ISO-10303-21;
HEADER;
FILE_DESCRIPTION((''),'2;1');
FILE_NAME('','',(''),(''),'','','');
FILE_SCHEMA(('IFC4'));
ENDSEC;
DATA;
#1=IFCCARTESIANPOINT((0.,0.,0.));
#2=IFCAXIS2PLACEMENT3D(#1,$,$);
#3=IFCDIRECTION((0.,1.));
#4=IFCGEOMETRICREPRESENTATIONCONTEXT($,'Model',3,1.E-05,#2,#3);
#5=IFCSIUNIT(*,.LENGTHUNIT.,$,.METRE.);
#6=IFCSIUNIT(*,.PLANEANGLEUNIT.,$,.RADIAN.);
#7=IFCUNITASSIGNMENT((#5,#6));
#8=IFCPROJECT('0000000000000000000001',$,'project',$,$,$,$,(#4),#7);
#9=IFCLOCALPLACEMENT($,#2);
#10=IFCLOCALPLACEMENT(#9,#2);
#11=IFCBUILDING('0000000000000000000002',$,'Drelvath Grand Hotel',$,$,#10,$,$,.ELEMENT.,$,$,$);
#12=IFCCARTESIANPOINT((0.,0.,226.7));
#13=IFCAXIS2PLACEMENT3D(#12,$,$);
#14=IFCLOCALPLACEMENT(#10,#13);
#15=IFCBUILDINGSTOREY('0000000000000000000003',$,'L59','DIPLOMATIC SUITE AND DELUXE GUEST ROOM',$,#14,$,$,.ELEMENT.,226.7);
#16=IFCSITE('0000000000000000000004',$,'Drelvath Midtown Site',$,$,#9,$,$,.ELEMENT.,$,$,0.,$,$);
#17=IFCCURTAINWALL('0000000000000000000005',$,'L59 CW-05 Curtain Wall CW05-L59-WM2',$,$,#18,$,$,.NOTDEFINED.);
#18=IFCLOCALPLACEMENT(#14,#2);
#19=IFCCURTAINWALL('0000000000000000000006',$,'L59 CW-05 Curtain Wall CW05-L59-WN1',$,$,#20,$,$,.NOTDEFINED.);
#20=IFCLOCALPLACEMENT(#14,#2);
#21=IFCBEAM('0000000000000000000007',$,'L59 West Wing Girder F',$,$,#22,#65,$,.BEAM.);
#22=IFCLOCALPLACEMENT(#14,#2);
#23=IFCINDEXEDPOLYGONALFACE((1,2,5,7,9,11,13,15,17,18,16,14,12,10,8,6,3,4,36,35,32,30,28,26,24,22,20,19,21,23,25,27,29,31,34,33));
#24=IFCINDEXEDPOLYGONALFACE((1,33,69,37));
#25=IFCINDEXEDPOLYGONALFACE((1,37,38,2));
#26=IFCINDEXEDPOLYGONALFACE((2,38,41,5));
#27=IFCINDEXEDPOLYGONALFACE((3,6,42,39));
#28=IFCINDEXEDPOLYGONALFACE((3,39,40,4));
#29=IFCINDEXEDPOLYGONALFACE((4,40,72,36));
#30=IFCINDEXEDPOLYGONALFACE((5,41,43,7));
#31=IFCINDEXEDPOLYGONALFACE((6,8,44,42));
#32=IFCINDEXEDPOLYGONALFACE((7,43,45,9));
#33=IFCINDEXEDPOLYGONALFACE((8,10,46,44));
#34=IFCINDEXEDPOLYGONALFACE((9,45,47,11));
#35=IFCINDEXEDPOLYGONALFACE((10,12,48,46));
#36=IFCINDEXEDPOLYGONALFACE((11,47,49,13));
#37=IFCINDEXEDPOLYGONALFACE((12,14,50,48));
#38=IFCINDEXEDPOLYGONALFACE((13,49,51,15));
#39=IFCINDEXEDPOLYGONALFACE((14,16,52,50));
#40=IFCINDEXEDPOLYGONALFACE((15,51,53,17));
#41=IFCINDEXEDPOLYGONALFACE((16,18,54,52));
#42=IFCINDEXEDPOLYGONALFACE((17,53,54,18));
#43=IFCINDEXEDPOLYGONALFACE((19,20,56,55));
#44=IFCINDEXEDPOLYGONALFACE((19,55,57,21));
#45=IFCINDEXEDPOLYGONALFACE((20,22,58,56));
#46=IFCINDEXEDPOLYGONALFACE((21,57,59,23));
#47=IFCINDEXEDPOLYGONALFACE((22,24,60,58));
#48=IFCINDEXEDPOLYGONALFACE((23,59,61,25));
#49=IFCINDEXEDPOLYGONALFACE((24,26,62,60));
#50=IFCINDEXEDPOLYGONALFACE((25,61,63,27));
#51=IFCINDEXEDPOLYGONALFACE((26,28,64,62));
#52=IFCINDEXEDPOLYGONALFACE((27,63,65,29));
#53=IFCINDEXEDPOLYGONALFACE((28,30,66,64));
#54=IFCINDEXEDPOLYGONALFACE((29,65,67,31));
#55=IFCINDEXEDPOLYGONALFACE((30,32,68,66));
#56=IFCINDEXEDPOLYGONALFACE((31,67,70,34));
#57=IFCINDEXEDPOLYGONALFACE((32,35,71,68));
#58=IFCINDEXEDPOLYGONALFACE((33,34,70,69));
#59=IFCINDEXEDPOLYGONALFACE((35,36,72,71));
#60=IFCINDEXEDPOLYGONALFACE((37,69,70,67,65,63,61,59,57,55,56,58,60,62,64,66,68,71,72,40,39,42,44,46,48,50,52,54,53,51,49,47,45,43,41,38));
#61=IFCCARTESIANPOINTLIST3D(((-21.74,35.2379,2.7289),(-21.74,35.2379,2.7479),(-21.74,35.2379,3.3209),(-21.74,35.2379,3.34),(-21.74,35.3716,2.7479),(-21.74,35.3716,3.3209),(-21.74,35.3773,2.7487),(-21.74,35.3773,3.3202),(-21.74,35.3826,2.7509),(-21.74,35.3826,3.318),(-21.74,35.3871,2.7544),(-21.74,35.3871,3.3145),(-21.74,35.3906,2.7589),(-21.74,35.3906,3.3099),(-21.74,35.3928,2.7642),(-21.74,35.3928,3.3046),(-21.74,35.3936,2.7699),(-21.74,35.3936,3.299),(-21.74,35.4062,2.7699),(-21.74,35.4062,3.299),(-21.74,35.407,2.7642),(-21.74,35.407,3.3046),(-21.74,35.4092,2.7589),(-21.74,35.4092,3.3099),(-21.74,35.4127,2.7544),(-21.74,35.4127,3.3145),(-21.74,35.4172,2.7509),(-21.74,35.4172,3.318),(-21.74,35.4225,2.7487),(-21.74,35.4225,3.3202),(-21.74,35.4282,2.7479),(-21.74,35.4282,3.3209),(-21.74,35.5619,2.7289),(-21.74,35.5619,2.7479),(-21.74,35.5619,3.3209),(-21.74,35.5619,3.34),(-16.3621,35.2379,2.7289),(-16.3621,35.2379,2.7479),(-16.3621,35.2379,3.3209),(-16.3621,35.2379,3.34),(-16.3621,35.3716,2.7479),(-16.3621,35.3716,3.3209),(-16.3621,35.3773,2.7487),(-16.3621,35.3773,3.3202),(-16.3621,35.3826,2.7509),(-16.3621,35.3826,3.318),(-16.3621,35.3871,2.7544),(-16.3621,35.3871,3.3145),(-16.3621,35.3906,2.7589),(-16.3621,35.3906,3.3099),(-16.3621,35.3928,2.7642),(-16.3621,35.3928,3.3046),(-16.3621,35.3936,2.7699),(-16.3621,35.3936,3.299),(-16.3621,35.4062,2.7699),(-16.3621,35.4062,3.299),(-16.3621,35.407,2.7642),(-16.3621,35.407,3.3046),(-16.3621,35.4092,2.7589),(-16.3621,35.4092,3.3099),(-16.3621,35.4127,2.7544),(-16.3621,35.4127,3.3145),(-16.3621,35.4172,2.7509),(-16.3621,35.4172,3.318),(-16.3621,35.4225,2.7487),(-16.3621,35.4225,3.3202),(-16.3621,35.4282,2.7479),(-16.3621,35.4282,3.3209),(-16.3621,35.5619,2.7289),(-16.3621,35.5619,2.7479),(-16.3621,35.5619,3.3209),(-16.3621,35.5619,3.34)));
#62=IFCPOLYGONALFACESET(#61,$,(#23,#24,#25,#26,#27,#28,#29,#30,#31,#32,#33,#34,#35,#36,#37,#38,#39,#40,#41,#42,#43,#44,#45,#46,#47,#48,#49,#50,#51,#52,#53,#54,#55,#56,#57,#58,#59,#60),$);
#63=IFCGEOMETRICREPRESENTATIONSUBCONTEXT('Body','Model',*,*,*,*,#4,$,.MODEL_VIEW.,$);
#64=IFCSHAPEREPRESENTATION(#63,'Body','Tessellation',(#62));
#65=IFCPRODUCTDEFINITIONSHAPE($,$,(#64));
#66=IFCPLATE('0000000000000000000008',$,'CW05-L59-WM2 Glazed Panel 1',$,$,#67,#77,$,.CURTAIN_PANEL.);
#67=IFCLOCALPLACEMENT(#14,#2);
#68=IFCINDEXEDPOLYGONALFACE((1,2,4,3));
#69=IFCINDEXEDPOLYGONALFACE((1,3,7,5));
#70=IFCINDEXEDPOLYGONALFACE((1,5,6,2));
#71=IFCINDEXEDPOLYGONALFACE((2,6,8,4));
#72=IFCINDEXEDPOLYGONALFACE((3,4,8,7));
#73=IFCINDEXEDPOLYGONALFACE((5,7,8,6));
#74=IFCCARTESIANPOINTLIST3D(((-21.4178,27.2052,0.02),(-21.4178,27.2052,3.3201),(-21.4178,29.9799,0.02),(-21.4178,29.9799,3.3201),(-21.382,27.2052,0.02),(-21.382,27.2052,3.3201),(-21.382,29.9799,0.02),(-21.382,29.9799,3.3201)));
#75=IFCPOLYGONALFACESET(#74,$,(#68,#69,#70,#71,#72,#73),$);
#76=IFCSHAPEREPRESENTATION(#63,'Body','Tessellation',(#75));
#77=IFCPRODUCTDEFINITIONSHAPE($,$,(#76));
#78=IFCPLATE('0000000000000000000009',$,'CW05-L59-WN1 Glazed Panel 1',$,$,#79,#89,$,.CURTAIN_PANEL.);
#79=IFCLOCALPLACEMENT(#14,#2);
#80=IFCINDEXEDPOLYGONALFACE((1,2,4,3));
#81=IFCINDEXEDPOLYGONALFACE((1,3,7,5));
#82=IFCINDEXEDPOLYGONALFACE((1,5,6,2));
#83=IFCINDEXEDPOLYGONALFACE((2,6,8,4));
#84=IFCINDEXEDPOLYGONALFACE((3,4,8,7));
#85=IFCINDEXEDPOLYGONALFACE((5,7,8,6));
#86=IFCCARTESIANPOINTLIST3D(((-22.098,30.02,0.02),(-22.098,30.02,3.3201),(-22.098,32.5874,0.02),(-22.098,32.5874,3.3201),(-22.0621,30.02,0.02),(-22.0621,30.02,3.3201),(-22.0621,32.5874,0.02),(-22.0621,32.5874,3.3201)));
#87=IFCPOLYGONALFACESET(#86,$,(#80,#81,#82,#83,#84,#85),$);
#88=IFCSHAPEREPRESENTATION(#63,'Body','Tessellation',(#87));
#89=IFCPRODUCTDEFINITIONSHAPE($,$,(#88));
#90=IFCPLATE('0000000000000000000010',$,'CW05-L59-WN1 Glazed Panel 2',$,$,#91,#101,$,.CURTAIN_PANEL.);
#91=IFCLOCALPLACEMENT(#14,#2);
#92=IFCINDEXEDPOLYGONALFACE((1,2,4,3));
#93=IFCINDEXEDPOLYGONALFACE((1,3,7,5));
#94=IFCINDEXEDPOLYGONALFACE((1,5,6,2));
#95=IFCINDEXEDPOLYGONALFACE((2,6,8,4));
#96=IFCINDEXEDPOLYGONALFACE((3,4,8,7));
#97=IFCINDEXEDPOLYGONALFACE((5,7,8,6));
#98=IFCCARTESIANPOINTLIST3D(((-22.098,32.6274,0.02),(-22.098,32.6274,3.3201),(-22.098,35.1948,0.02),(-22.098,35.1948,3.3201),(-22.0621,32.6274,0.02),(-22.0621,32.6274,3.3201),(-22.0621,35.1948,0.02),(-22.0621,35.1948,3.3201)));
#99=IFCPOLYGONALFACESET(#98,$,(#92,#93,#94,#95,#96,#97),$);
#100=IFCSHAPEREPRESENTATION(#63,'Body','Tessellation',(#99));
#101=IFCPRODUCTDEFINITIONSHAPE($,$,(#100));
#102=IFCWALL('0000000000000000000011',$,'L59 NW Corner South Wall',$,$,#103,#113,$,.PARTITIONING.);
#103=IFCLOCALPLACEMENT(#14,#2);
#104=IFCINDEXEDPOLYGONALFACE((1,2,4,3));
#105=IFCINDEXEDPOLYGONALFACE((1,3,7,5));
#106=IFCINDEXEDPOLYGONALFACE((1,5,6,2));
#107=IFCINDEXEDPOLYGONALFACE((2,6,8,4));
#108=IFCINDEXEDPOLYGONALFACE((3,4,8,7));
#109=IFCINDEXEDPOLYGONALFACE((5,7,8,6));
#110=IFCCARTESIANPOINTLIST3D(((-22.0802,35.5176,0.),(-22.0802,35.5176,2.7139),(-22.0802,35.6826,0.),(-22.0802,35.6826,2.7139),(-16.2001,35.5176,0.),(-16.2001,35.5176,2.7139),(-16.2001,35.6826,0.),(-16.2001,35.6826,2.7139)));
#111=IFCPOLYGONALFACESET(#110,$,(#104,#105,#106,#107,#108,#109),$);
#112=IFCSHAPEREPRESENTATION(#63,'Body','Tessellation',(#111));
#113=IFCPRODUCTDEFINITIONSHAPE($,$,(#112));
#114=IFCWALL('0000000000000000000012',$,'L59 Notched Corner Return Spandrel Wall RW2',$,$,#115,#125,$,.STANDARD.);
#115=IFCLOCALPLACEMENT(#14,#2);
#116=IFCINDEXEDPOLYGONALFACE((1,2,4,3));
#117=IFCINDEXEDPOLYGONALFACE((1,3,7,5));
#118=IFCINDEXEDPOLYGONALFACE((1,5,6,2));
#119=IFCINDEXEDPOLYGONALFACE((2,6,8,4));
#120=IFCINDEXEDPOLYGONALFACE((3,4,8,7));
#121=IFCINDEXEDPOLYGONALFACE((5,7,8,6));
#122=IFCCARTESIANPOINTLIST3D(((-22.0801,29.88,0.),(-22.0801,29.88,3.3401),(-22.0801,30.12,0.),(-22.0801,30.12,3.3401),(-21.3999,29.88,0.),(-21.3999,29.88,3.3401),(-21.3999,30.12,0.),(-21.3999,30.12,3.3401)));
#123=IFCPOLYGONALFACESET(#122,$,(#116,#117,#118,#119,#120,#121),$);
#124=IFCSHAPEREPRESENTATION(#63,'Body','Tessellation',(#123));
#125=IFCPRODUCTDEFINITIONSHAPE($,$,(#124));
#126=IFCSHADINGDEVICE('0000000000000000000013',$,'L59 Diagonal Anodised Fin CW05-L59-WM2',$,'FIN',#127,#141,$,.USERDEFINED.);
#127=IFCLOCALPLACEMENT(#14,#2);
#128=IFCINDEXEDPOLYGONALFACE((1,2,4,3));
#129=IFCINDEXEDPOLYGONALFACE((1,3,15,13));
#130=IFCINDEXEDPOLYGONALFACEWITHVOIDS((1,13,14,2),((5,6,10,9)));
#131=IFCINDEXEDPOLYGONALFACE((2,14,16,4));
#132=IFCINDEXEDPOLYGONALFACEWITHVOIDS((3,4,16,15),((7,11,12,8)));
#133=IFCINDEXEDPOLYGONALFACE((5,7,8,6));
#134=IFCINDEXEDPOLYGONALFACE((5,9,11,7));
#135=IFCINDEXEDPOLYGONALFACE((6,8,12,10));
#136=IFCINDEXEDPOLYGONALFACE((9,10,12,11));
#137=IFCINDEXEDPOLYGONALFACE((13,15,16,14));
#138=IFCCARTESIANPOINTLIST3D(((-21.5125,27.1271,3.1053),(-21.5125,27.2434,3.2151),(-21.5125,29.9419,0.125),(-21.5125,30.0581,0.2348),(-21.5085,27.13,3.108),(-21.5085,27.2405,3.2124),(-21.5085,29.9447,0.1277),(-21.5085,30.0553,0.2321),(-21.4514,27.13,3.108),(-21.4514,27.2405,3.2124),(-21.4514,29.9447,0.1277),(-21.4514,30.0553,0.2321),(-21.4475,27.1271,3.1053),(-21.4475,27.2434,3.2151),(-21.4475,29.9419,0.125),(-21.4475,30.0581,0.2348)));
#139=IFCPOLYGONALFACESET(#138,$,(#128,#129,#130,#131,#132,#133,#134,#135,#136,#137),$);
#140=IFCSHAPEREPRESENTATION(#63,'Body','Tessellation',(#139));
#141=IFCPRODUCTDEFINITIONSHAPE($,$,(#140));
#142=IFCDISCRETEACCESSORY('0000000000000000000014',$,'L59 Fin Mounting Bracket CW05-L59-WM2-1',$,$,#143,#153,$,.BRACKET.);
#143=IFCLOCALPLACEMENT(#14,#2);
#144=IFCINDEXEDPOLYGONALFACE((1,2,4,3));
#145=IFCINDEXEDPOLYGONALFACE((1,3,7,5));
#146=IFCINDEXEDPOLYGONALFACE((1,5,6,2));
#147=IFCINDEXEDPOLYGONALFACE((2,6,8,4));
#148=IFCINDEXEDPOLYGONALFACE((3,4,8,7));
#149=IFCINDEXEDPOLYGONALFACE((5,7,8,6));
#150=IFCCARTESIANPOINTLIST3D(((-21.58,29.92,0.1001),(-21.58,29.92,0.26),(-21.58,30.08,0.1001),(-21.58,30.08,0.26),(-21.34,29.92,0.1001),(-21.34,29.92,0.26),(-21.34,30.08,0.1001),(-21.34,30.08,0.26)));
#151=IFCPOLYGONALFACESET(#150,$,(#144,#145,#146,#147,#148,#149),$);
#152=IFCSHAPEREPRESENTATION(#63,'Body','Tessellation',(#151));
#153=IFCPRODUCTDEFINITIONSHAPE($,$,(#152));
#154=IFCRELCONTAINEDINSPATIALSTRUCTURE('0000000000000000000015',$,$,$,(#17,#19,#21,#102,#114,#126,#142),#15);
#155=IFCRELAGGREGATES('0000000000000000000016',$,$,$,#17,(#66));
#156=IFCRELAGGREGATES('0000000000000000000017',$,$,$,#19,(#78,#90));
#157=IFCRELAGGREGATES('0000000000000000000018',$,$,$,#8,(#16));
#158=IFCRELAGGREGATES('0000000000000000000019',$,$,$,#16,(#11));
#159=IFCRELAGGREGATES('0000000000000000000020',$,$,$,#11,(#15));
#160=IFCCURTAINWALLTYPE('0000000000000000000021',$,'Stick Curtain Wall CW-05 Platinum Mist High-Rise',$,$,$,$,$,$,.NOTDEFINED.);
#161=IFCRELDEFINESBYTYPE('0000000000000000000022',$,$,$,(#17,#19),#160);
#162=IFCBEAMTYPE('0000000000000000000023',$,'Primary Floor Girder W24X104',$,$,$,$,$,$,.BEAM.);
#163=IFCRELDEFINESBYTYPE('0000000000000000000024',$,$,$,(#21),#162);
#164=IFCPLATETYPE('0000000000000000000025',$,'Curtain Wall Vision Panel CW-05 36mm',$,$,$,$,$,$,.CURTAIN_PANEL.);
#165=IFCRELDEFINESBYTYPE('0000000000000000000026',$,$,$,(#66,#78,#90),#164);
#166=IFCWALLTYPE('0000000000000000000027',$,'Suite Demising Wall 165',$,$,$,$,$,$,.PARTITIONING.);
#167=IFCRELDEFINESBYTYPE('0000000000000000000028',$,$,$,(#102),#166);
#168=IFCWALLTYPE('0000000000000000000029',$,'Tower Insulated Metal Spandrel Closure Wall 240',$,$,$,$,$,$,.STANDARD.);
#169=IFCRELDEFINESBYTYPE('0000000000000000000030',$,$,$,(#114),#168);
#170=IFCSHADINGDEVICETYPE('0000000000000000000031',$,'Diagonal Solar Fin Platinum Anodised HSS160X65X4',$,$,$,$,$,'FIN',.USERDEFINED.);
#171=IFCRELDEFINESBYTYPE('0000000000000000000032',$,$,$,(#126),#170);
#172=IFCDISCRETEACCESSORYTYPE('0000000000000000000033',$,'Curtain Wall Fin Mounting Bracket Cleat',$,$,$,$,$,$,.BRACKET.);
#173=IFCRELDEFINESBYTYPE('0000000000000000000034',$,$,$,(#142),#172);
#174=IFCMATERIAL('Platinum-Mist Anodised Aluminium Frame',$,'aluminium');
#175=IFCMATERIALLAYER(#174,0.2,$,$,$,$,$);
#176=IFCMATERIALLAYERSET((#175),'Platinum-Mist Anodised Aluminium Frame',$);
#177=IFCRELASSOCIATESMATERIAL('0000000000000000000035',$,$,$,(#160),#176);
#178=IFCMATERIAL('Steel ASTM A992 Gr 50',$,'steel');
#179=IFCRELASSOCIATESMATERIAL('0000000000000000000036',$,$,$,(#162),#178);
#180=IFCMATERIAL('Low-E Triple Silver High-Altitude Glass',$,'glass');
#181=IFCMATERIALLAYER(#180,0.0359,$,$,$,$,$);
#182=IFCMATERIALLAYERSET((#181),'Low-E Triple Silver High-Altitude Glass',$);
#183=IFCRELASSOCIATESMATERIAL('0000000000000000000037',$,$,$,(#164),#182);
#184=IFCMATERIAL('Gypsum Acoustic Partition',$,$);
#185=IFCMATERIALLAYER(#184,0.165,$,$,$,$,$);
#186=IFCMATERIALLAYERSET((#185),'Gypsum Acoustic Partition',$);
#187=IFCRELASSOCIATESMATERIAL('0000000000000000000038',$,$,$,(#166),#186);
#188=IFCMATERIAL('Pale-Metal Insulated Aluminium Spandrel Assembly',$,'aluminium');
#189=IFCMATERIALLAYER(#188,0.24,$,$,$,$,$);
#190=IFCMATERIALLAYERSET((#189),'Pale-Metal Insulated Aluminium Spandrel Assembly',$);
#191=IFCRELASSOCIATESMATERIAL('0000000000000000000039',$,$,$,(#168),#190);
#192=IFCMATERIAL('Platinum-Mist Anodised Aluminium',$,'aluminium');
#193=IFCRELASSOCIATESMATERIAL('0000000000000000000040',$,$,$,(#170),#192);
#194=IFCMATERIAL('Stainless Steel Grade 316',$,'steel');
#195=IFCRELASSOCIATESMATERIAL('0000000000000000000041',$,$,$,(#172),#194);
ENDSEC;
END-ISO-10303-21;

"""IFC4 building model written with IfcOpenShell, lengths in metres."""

from ifc_helpers import new_model, si_unit, direction, frame, frame_2d, origin, origin_2d, place, context, subcontext, project, spatial, rectangle, hollow_rectangle, i_section, extrude, material, layer, layer_set, material_profile, profile_set, type_object, element, aggregate, save


model = new_model("IFC4")

# Units and contexts
model_context = context("Model", 3, precision=1e-05, world=origin(), true_north=direction((0.0, 1.0)))
body_context = subcontext(model_context, "Body", "Model", "MODEL_VIEW")
ifc_project = project(units=[si_unit("LENGTHUNIT", "METRE"), si_unit("PLANEANGLEUNIT", "RADIAN")], contexts=[model_context])

# Site, building, storey
site_placement = place(None, origin())
site = spatial("IfcSite", under=ifc_project, at=site_placement, Name="Drelvath Midtown Site", CompositionType="ELEMENT", RefElevation=0.0)
building_placement = place(site_placement, origin())
building = spatial("IfcBuilding", under=site, at=building_placement, Name="Drelvath Grand Hotel", CompositionType="ELEMENT")
storey_placement = place(building_placement, frame((0.0, 0.0, 226.7)))
storey = spatial("IfcBuildingStorey", under=building, at=storey_placement, Name="L59", Description="DIPLOMATIC SUITE AND DELUXE GUEST ROOM", CompositionType="ELEMENT", Elevation=226.7)

# Curtain walls
ifc_material_1 = material(Name="Platinum-Mist Anodised Aluminium Frame", Category="aluminium")
ifc_layer_1 = layer(ifc_material_1, 0.2)
ifc_layer_set_1 = layer_set([ifc_layer_1], Name="Platinum-Mist Anodised Aluminium Frame")
curtain_wall_type = type_object("IfcCurtainWallType", Name="Stick Curtain Wall CW-05 Platinum Mist High-Rise", PredefinedType="NOTDEFINED", material=ifc_layer_set_1)
curtain_wall_1_placement = place(storey_placement, origin())
curtain_wall_1 = element("IfcCurtainWall", 1, at=curtain_wall_1_placement, inside=storey, type_object=curtain_wall_type, Name="L59 CW-05 Curtain Wall CW05-L59-WM2", PredefinedType="NOTDEFINED")
curtain_wall_2_placement = place(storey_placement, origin())
curtain_wall_2 = element("IfcCurtainWall", 2, at=curtain_wall_2_placement, inside=storey, type_object=curtain_wall_type, Name="L59 CW-05 Curtain Wall CW05-L59-WN1", PredefinedType="NOTDEFINED")

# Beam
ifc_material_2 = material(Name="Steel ASTM A992 Gr 50", Category="steel")
ifc_material_profile_1 = material_profile(ifc_material_2, i_section(OverallWidth=0.324, OverallDepth=0.6111, WebThickness=0.0127, FlangeThickness=0.019, FilletRadius=0.022, at=origin_2d()), Name="W24X104")
ifc_profile_set_1 = profile_set([ifc_material_profile_1], Name="Steel ASTM A992 Gr 50")
beam_type_1 = type_object("IfcBeamType", Name="Primary Floor Girder W24X104", PredefinedType="BEAM", material=ifc_profile_set_1)
beam_1_placement = place(storey_placement, frame((-21.74, 35.3999, 3.0344), z_axis=(1.0, 0.0, 0.0), x_axis=(0.0, 1.0, 0.0)))
element("IfcBeam", 3, at=beam_1_placement, inside=storey, type_object=beam_type_1, Name="L59 West Wing Girder F", PredefinedType="BEAM", context=body_context, shape_type="SweptSolid", body=[
    extrude(i_section(OverallWidth=0.324, OverallDepth=0.6111, WebThickness=0.0127, FlangeThickness=0.019, FilletRadius=0.022, at=origin_2d()), origin(), (0.0, 0.0, 1.0), 5.3779),
])

# Plates
ifc_material_3 = material(Name="Low-E Triple Silver High-Altitude Glass", Category="glass")
ifc_layer_2 = layer(ifc_material_3, 0.0359)
ifc_layer_set_2 = layer_set([ifc_layer_2], Name="Low-E Triple Silver High-Altitude Glass")
plate_type = type_object("IfcPlateType", Name="Curtain Wall Vision Panel CW-05 36mm", PredefinedType="CURTAIN_PANEL", material=ifc_layer_set_2)
plate_1_placement = place(storey_placement, frame((-21.3999, 28.5925, 0.02), z_axis=(0.0, 0.0, 1.0), x_axis=(0.0, 1.0, 0.0)))
plate_1 = element("IfcPlate", 4, at=plate_1_placement, type_object=plate_type, Name="CW05-L59-WM2 Glazed Panel 1", PredefinedType="CURTAIN_PANEL", context=body_context, shape_type="SweptSolid", body=[
    extrude(rectangle(XDim=2.7747, YDim=0.0359, at=origin_2d()), origin(), (0.0, 0.0, 1.0), 3.3),
])
aggregate(curtain_wall_1, [plate_1])
plate_2_placement = place(storey_placement, frame((-22.0801, 31.3037, 0.02), z_axis=(0.0, 0.0, 1.0), x_axis=(0.0, 1.0, 0.0)))
plate_2 = element("IfcPlate", 5, at=plate_2_placement, type_object=plate_type, Name="CW05-L59-WN1 Glazed Panel 1", PredefinedType="CURTAIN_PANEL", context=body_context, shape_type="SweptSolid", body=[
    extrude(rectangle(XDim=2.5674, YDim=0.0359, at=origin_2d()), origin(), (0.0, 0.0, 1.0), 3.3),
])
plate_3_placement = place(storey_placement, frame((-22.0801, 33.9111, 0.02), z_axis=(0.0, 0.0, 1.0), x_axis=(0.0, 1.0, 0.0)))
plate_3 = element("IfcPlate", 6, at=plate_3_placement, type_object=plate_type, Name="CW05-L59-WN1 Glazed Panel 2", PredefinedType="CURTAIN_PANEL", context=body_context, shape_type="SweptSolid", body=[
    extrude(rectangle(XDim=2.5674, YDim=0.0359, at=origin_2d()), origin(), (0.0, 0.0, 1.0), 3.3),
])
aggregate(curtain_wall_2, [plate_2, plate_3])

# Walls
ifc_material_4 = material(Name="Gypsum Acoustic Partition")
ifc_layer_3 = layer(ifc_material_4, 0.165)
ifc_layer_set_3 = layer_set([ifc_layer_3], Name="Gypsum Acoustic Partition")
wall_type_1 = type_object("IfcWallType", Name="Suite Demising Wall 165", PredefinedType="PARTITIONING", material=ifc_layer_set_3)
wall_1_placement = place(storey_placement, frame((-22.0801, 35.6001, 0.0), z_axis=(0.0, 0.0, 1.0), x_axis=(1.0, 0.0, 0.0)))
element("IfcWall", 7, at=wall_1_placement, inside=storey, type_object=wall_type_1, Name="L59 NW Corner South Wall", PredefinedType="PARTITIONING", context=body_context, shape_type="SweptSolid", body=[
    extrude(rectangle(XDim=5.8801, YDim=0.165, at=frame_2d((2.9399, 0.0))), origin(), (0.0, 0.0, 1.0), 2.7139),
])
ifc_material_5 = material(Name="Pale-Metal Insulated Aluminium Spandrel Assembly", Category="aluminium")
ifc_layer_4 = layer(ifc_material_5, 0.24)
ifc_layer_set_4 = layer_set([ifc_layer_4], Name="Pale-Metal Insulated Aluminium Spandrel Assembly")
wall_type_2 = type_object("IfcWallType", Name="Tower Insulated Metal Spandrel Closure Wall 240", PredefinedType="STANDARD", material=ifc_layer_set_4)
wall_2_placement = place(storey_placement, frame((-21.3999, 30.0, 0.0), z_axis=(0.0, 0.0, 1.0), x_axis=(-1.0, 0.0, 0.0)))
element("IfcWall", 8, at=wall_2_placement, inside=storey, type_object=wall_type_2, Name="L59 Notched Corner Return Spandrel Wall RW2", PredefinedType="STANDARD", context=body_context, shape_type="SweptSolid", body=[
    extrude(rectangle(XDim=0.6802, YDim=0.24, at=frame_2d((0.3401, 0.0))), origin(), (0.0, 0.0, 1.0), 3.3401),
])

# Shading device
ifc_material_6 = material(Name="Platinum-Mist Anodised Aluminium", Category="aluminium")
ifc_material_profile_2 = material_profile(ifc_material_6, hollow_rectangle(XDim=0.0649, YDim=0.1599, WallThickness=0.0039, at=origin_2d()), Name="HSS160X65X4")
ifc_profile_set_2 = profile_set([ifc_material_profile_2], Name="Platinum-Mist Anodised Aluminium")
shading_device_type = type_object("IfcShadingDeviceType", Name="Diagonal Solar Fin Platinum Anodised HSS160X65X4", ElementType="FIN", PredefinedType="USERDEFINED", material=ifc_profile_set_2)
shading_device_placement = place(storey_placement, frame((-21.48, 30.0, 0.1799), z_axis=(0.0, -0.686629, 0.727008), x_axis=(1.0, 0.0, 0.0)))
element("IfcShadingDevice", 9, at=shading_device_placement, inside=storey, type_object=shading_device_type, Name="L59 Diagonal Anodised Fin CW05-L59-WM2", ObjectType="FIN", PredefinedType="USERDEFINED", context=body_context, shape_type="SweptSolid", body=[
    extrude(hollow_rectangle(XDim=0.0649, YDim=0.1599, WallThickness=0.0039, at=origin_2d()), origin(), (0.0, 0.0, 1.0), 4.0994),
])

# Discrete accessory
ifc_material_7 = material(Name="Stainless Steel Grade 316", Category="steel")
discrete_accessory_type = type_object("IfcDiscreteAccessoryType", Name="Curtain Wall Fin Mounting Bracket Cleat", PredefinedType="BRACKET", material=ifc_material_7)
discrete_accessory_placement = place(storey_placement, frame((-21.46, 30.0, 0.1001), z_axis=(0.0, 0.0, 1.0), x_axis=(0.0, 1.0, 0.0)))
element("IfcDiscreteAccessory", 10, at=discrete_accessory_placement, inside=storey, type_object=discrete_accessory_type, Name="L59 Fin Mounting Bracket CW05-L59-WM2-1", PredefinedType="BRACKET", context=body_context, shape_type="SweptSolid", body=[
    extrude(rectangle(XDim=0.1599, YDim=0.24, at=origin_2d()), origin(), (0.0, 0.0, 1.0), 0.1599),
])

save(model, "model.ifc")
